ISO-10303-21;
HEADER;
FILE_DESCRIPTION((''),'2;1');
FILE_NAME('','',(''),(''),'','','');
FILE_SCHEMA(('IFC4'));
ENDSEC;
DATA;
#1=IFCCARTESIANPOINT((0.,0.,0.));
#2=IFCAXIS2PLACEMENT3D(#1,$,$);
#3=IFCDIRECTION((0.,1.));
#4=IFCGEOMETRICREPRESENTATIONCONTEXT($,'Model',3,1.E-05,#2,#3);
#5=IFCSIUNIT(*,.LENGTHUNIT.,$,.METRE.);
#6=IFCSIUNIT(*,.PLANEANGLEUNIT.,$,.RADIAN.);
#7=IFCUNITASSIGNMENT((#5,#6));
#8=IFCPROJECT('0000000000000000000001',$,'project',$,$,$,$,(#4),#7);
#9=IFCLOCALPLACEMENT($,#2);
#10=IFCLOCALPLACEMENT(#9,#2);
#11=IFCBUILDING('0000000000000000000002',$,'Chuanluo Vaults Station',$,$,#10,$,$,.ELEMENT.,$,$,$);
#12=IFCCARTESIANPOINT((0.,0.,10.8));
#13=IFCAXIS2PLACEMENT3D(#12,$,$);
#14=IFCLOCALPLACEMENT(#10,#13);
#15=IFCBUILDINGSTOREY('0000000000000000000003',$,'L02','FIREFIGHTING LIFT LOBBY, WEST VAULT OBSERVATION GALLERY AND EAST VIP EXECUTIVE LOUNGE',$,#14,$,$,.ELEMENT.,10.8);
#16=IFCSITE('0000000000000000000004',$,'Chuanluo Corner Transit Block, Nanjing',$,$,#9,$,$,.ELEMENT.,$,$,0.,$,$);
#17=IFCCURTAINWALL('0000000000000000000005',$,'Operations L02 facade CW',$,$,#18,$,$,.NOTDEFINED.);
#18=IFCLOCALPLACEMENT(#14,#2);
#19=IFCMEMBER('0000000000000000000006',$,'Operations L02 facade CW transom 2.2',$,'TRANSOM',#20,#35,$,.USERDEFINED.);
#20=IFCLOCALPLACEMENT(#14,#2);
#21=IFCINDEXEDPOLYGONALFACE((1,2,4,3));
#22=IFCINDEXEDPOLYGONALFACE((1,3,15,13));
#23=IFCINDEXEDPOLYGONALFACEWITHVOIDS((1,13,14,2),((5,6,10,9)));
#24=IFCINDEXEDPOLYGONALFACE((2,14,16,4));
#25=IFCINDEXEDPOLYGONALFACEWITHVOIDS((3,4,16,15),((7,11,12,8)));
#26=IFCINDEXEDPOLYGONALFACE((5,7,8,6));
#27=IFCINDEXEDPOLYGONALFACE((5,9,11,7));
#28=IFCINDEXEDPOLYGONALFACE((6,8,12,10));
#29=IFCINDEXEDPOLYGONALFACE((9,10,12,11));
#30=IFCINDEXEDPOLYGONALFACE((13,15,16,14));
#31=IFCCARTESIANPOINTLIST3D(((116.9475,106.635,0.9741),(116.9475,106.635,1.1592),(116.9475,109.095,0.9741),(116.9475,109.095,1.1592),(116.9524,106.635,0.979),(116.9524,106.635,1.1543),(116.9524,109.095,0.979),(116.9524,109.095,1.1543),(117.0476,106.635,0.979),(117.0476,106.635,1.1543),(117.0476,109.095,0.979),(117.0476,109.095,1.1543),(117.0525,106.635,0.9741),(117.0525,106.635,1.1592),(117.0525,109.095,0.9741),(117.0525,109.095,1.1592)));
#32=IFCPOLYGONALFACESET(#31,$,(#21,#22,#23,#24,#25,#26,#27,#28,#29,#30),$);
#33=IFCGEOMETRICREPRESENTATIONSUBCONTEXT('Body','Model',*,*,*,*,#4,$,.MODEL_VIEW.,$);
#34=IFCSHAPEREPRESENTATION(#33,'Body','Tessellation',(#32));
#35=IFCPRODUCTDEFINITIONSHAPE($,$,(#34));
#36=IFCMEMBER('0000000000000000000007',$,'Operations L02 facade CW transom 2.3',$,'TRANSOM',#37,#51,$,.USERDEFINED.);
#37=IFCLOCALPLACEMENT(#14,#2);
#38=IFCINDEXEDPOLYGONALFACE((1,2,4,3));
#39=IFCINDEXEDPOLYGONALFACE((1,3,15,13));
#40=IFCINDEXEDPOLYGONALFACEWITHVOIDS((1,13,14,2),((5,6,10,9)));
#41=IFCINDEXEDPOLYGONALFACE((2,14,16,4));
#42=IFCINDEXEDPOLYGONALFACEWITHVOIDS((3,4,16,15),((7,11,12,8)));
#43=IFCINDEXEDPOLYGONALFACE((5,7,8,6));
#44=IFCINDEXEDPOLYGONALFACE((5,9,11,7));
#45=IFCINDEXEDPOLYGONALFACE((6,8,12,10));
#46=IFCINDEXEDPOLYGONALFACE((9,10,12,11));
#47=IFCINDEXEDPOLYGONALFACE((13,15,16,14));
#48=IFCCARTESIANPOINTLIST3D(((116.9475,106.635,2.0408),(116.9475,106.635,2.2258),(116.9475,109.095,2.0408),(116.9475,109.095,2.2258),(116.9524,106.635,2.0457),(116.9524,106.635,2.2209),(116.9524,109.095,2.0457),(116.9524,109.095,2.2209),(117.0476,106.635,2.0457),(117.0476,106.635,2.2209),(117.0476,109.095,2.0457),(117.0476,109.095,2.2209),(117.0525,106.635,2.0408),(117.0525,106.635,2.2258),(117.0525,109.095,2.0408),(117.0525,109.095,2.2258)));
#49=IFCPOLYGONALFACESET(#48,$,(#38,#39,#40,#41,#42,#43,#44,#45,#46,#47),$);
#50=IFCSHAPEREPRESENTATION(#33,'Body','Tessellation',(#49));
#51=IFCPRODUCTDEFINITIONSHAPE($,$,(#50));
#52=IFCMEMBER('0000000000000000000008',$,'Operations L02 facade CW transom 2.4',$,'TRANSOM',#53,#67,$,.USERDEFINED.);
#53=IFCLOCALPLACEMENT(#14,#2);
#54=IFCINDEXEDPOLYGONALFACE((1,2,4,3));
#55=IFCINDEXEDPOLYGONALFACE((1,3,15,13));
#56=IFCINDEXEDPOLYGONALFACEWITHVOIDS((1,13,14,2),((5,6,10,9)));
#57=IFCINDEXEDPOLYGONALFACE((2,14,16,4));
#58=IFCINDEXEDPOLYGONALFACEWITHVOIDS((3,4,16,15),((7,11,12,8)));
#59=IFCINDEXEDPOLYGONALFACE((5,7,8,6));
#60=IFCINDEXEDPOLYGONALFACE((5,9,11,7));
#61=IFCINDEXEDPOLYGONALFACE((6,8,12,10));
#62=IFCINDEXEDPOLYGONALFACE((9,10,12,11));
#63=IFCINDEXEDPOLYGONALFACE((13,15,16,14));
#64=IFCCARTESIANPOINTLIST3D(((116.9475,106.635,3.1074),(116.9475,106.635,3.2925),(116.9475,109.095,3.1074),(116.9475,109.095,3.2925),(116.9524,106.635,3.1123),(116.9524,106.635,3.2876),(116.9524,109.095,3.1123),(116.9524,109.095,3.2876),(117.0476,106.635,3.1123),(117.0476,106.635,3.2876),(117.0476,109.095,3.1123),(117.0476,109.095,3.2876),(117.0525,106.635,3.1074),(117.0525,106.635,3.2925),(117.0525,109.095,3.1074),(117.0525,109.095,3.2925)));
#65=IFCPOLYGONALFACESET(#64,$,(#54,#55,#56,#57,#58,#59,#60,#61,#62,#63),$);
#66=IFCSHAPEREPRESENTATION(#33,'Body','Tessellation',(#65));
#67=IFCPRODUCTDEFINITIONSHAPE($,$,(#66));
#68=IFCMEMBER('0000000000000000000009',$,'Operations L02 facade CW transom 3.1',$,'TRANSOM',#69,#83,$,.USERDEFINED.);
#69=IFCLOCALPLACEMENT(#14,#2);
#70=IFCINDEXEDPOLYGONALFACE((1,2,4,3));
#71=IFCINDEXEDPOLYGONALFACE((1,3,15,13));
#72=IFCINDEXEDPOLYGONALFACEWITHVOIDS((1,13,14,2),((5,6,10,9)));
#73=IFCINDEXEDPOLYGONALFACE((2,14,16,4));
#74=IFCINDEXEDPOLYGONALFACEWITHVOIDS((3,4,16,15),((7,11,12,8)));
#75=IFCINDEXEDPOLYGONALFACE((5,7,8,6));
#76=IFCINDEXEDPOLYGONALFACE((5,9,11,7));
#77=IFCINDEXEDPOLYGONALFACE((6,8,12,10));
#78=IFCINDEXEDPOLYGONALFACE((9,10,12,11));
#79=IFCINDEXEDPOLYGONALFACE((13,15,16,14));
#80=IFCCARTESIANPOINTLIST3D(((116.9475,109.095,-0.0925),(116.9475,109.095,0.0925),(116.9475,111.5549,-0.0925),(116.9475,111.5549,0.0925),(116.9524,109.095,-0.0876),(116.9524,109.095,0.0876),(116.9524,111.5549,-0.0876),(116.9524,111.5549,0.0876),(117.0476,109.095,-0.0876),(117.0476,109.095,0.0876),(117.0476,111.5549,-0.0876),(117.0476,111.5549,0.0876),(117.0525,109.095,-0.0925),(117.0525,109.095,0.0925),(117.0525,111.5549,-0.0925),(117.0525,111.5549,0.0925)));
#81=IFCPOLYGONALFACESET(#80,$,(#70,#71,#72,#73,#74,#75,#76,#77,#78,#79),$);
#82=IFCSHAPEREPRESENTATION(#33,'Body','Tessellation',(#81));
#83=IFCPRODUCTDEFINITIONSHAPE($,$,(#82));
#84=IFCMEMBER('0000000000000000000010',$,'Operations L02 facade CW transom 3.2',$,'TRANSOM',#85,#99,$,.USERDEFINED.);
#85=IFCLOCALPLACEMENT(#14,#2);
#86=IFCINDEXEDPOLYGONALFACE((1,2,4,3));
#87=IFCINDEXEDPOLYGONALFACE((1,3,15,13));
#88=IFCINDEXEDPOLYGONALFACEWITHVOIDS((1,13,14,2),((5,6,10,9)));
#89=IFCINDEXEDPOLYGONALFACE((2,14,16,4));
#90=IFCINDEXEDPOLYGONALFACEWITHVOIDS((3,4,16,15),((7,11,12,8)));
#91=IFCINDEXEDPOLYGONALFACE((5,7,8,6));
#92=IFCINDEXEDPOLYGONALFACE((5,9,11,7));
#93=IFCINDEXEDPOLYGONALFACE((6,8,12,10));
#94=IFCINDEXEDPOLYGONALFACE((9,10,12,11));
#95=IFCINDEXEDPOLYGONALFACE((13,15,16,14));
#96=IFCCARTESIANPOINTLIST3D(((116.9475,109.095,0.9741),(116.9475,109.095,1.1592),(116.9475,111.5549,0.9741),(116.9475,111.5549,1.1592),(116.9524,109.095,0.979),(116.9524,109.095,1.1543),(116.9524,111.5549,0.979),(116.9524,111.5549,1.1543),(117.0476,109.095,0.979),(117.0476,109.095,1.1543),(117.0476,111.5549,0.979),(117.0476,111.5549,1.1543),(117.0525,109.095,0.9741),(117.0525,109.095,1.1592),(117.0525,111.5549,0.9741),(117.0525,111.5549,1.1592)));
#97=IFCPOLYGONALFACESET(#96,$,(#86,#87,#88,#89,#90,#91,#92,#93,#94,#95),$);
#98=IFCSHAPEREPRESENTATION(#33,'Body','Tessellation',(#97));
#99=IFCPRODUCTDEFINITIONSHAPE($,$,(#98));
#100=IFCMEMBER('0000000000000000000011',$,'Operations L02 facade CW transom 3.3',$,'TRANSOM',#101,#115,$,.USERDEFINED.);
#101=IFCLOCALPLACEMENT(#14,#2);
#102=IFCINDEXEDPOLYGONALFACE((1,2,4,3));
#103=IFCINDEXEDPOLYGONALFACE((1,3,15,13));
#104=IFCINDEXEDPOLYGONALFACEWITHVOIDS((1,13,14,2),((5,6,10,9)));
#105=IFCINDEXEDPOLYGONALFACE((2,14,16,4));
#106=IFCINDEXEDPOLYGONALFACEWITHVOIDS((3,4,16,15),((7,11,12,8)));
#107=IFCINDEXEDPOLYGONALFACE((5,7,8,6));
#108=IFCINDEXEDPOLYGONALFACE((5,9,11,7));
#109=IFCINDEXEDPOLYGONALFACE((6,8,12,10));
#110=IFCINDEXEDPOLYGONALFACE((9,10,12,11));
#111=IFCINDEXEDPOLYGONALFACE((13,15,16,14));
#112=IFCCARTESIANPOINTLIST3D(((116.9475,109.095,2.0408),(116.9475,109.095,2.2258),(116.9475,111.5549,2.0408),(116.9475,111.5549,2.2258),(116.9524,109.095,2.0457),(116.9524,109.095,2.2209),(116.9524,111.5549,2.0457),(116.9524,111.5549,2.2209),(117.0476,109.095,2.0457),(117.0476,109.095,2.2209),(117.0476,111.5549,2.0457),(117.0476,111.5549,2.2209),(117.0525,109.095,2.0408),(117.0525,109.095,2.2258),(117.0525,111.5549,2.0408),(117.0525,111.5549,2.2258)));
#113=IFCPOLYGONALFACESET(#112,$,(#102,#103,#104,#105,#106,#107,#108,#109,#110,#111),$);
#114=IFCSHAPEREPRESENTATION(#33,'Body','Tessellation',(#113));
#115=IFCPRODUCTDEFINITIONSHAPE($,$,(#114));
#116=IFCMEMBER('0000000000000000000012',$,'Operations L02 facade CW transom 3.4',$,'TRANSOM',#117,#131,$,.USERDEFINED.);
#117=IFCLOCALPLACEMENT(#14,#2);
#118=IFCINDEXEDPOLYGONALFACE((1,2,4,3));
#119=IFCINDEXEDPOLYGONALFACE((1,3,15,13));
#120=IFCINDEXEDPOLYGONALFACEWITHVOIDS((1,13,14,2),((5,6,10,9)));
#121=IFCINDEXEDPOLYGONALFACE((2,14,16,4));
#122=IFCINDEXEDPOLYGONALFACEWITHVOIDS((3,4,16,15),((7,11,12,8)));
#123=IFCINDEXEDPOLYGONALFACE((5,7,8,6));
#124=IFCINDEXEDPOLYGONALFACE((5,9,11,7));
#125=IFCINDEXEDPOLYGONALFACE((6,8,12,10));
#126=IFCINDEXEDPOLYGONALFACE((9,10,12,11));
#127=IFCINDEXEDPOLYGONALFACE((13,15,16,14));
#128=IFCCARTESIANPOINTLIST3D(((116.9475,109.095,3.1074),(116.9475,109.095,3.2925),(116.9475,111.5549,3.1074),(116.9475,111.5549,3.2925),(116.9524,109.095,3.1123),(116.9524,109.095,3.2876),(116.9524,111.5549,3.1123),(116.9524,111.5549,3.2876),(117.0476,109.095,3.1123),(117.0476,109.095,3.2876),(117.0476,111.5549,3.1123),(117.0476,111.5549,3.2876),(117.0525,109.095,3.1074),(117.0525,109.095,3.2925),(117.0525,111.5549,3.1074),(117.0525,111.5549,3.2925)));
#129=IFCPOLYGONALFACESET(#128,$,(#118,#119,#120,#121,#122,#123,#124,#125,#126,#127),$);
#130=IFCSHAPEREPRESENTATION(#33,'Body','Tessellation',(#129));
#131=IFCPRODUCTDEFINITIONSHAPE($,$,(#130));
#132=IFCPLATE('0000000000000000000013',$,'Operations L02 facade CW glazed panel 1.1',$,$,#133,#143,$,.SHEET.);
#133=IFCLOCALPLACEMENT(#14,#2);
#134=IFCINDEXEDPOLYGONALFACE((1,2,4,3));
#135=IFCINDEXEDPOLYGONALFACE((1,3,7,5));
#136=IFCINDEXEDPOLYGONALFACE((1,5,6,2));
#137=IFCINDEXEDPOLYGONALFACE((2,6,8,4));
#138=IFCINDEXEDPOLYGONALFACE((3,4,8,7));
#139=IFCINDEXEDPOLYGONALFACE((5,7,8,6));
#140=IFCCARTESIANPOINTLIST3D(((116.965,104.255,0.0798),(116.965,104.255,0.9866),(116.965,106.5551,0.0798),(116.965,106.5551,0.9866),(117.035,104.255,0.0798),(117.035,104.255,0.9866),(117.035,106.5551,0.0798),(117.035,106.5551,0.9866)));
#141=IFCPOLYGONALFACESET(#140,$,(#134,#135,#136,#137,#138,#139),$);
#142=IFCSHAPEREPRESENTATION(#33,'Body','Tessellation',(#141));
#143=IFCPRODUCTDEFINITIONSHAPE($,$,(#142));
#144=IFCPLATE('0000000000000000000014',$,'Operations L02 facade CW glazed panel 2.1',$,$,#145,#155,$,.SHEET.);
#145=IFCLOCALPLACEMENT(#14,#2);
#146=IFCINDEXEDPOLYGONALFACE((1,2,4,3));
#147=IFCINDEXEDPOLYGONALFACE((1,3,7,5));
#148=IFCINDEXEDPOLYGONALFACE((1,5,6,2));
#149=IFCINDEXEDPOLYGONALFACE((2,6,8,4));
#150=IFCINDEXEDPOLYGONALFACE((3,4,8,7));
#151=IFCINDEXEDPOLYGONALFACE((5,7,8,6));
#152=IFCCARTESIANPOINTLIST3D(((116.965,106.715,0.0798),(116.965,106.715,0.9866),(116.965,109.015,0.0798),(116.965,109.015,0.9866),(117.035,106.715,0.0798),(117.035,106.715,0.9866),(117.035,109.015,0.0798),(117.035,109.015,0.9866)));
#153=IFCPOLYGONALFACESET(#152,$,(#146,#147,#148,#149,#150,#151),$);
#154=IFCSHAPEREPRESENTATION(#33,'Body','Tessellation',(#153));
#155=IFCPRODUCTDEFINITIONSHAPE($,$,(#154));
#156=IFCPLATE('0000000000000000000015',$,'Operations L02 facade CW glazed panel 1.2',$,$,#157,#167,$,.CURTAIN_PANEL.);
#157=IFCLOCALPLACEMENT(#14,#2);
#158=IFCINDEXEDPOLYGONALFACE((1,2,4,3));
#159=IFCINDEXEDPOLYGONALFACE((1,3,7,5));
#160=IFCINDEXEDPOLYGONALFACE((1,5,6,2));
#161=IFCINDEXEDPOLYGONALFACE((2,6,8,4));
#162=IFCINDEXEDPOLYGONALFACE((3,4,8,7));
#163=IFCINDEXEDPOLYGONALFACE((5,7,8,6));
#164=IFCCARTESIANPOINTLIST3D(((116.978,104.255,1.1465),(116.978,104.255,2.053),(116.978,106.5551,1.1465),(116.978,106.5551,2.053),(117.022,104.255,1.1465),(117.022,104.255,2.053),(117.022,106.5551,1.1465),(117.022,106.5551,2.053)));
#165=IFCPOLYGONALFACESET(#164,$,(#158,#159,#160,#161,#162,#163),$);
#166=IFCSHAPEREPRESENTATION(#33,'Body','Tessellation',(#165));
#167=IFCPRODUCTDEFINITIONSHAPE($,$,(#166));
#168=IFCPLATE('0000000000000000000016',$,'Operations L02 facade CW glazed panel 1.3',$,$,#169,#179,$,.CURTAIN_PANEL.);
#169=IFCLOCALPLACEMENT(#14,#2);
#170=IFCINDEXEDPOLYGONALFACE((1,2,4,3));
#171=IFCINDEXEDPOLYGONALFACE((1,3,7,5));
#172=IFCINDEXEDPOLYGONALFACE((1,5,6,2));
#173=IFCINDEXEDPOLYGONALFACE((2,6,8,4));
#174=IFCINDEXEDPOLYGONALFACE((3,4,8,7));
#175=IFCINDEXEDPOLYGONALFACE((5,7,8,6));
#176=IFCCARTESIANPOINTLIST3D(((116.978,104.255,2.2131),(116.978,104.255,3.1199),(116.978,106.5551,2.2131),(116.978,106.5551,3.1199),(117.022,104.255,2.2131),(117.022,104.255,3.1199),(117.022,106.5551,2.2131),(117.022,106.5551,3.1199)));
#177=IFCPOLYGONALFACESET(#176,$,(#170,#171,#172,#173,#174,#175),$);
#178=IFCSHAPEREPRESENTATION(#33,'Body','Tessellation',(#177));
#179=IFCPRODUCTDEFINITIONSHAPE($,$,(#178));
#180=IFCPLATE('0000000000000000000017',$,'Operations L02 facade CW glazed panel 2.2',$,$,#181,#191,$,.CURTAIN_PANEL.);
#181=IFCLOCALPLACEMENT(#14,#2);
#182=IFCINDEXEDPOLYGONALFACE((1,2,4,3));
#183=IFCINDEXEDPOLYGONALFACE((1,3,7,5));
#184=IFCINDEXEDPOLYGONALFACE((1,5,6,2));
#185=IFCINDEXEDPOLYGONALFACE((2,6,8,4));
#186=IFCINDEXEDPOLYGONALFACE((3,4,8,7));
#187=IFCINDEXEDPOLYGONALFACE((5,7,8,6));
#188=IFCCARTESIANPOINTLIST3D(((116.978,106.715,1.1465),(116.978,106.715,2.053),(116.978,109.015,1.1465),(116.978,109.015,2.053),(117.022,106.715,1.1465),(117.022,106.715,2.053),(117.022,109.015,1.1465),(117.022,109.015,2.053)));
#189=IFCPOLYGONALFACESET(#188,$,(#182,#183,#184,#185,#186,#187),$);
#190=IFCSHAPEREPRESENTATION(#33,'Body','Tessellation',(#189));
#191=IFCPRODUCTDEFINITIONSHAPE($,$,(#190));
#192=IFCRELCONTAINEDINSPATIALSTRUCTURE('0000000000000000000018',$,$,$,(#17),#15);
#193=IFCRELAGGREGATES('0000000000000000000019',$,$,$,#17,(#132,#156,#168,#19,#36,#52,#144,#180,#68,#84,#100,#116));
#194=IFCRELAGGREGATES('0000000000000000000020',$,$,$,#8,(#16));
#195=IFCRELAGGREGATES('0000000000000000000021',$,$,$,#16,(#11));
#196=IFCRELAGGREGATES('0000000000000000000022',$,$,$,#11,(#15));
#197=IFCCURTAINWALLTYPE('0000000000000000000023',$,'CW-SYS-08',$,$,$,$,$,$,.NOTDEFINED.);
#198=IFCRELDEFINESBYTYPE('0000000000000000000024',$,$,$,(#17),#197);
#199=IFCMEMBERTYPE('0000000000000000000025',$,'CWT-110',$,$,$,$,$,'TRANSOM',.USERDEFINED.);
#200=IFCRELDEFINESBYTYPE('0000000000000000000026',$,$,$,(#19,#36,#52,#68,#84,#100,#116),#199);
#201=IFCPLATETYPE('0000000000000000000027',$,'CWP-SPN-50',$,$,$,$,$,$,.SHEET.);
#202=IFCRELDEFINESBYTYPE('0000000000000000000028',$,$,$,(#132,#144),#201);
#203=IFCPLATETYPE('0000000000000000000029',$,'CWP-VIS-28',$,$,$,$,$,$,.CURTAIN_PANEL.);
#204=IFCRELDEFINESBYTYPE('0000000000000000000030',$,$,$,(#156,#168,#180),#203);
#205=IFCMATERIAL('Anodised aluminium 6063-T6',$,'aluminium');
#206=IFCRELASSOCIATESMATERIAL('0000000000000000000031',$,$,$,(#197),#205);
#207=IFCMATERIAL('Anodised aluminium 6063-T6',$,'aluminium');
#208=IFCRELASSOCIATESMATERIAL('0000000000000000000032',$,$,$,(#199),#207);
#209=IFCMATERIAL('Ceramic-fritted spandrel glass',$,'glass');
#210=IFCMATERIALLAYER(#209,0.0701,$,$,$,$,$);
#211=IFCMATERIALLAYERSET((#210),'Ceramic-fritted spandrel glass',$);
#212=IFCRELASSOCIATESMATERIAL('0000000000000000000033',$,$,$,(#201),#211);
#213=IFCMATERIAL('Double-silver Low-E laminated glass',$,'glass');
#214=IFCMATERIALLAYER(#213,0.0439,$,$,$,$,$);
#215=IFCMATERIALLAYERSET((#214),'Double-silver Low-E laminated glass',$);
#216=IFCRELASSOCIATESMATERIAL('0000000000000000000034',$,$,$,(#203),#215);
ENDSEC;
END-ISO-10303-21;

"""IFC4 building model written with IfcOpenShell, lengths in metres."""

from ifc_helpers import new_model, si_unit, direction, frame, origin, origin_2d, place, context, subcontext, project, spatial, rectangle, hollow_rectangle, extrude, material, layer, layer_set, material_profile, profile_set, type_object, element, aggregate, save


model = new_model("IFC4")

# Units and contexts
model_context = context("Model", 3, precision=1e-05, world=origin(), true_north=direction((0.0, 1.0)))
body_context = subcontext(model_context, "Body", "Model", "MODEL_VIEW")
ifc_project = project(units=[si_unit("LENGTHUNIT", "METRE"), si_unit("PLANEANGLEUNIT", "RADIAN")], contexts=[model_context])

# Site, building, storey
site_placement = place(None, origin())
site = spatial("IfcSite", under=ifc_project, at=site_placement, Name="Chuanluo Corner Transit Block, Nanjing", CompositionType="ELEMENT", RefElevation=0.0)
building_placement = place(site_placement, origin())
building = spatial("IfcBuilding", under=site, at=building_placement, Name="Chuanluo Vaults Station", CompositionType="ELEMENT")
storey_placement = place(building_placement, frame((0.0, 0.0, 10.8)))
storey = spatial("IfcBuildingStorey", under=building, at=storey_placement, Name="L02", Description="FIREFIGHTING LIFT LOBBY, WEST VAULT OBSERVATION GALLERY AND EAST VIP EXECUTIVE LOUNGE", CompositionType="ELEMENT", Elevation=10.8)

# Curtain wall, members, plates
ifc_material_1 = material(Name="Anodised aluminium 6063-T6", Category="aluminium")
curtain_wall_type = type_object("IfcCurtainWallType", Name="CW-SYS-08", PredefinedType="NOTDEFINED", material=ifc_material_1)
curtain_wall_placement = place(storey_placement, origin())
curtain_wall = element("IfcCurtainWall", 1, at=curtain_wall_placement, inside=storey, type_object=curtain_wall_type, Name="Operations L02 facade CW", PredefinedType="NOTDEFINED")
ifc_material_2 = material(Name="Anodised aluminium 6063-T6", Category="aluminium")
ifc_material_profile_1 = material_profile(ifc_material_2, hollow_rectangle(XDim=0.105, YDim=0.1851, WallThickness=0.0049, at=origin_2d()))
ifc_profile_set_1 = profile_set([ifc_material_profile_1], Name="Anodised aluminium 6063-T6")
member_type_1 = type_object("IfcMemberType", Name="CWT-110", ElementType="TRANSOM", PredefinedType="USERDEFINED", material=ifc_profile_set_1)
member_1_placement = place(storey_placement, frame((117.0, 106.635, 1.0667), z_axis=(0.0, 1.0, 0.0), x_axis=(-1.0, 0.0, 0.0)))
member_1 = element("IfcMember", 2, at=member_1_placement, type_object=member_type_1, Name="Operations L02 facade CW transom 2.2", ObjectType="TRANSOM", PredefinedType="USERDEFINED", context=body_context, shape_type="SweptSolid", body=[
    extrude(hollow_rectangle(XDim=0.105, YDim=0.1851, WallThickness=0.0049, at=origin_2d()), origin(), (0.0, 0.0, 1.0), 2.46),
])
member_2_placement = place(storey_placement, frame((117.0, 106.635, 2.1333), z_axis=(0.0, 1.0, 0.0), x_axis=(-1.0, 0.0, 0.0)))
member_2 = element("IfcMember", 3, at=member_2_placement, type_object=member_type_1, Name="Operations L02 facade CW transom 2.3", ObjectType="TRANSOM", PredefinedType="USERDEFINED", context=body_context, shape_type="SweptSolid", body=[
    extrude(hollow_rectangle(XDim=0.105, YDim=0.1851, WallThickness=0.0049, at=origin_2d()), origin(), (0.0, 0.0, 1.0), 2.46),
])
member_3_placement = place(storey_placement, frame((117.0, 106.635, 3.2), z_axis=(0.0, 1.0, 0.0), x_axis=(-1.0, 0.0, 0.0)))
member_3 = element("IfcMember", 4, at=member_3_placement, type_object=member_type_1, Name="Operations L02 facade CW transom 2.4", ObjectType="TRANSOM", PredefinedType="USERDEFINED", context=body_context, shape_type="SweptSolid", body=[
    extrude(hollow_rectangle(XDim=0.105, YDim=0.1851, WallThickness=0.0049, at=origin_2d()), origin(), (0.0, 0.0, 1.0), 2.46),
])
member_4_placement = place(storey_placement, frame((117.0, 109.095, 0.0), z_axis=(0.0, 1.0, 0.0), x_axis=(-1.0, 0.0, 0.0)))
member_4 = element("IfcMember", 5, at=member_4_placement, type_object=member_type_1, Name="Operations L02 facade CW transom 3.1", ObjectType="TRANSOM", PredefinedType="USERDEFINED", context=body_context, shape_type="SweptSolid", body=[
    extrude(hollow_rectangle(XDim=0.105, YDim=0.1851, WallThickness=0.0049, at=origin_2d()), origin(), (0.0, 0.0, 1.0), 2.46),
])
member_5_placement = place(storey_placement, frame((117.0, 109.095, 1.0667), z_axis=(0.0, 1.0, 0.0), x_axis=(-1.0, 0.0, 0.0)))
member_5 = element("IfcMember", 6, at=member_5_placement, type_object=member_type_1, Name="Operations L02 facade CW transom 3.2", ObjectType="TRANSOM", PredefinedType="USERDEFINED", context=body_context, shape_type="SweptSolid", body=[
    extrude(hollow_rectangle(XDim=0.105, YDim=0.1851, WallThickness=0.0049, at=origin_2d()), origin(), (0.0, 0.0, 1.0), 2.46),
])
member_6_placement = place(storey_placement, frame((117.0, 109.095, 2.1333), z_axis=(0.0, 1.0, 0.0), x_axis=(-1.0, 0.0, 0.0)))
member_6 = element("IfcMember", 7, at=member_6_placement, type_object=member_type_1, Name="Operations L02 facade CW transom 3.3", ObjectType="TRANSOM", PredefinedType="USERDEFINED", context=body_context, shape_type="SweptSolid", body=[
    extrude(hollow_rectangle(XDim=0.105, YDim=0.1851, WallThickness=0.0049, at=origin_2d()), origin(), (0.0, 0.0, 1.0), 2.46),
])
member_7_placement = place(storey_placement, frame((117.0, 109.095, 3.2), z_axis=(0.0, 1.0, 0.0), x_axis=(-1.0, 0.0, 0.0)))
member_7 = element("IfcMember", 8, at=member_7_placement, type_object=member_type_1, Name="Operations L02 facade CW transom 3.4", ObjectType="TRANSOM", PredefinedType="USERDEFINED", context=body_context, shape_type="SweptSolid", body=[
    extrude(hollow_rectangle(XDim=0.105, YDim=0.1851, WallThickness=0.0049, at=origin_2d()), origin(), (0.0, 0.0, 1.0), 2.46),
])
ifc_material_3 = material(Name="Ceramic-fritted spandrel glass", Category="glass")
ifc_layer_1 = layer(ifc_material_3, 0.0701)
ifc_layer_set_1 = layer_set([ifc_layer_1], Name="Ceramic-fritted spandrel glass")
plate_type_1 = type_object("IfcPlateType", Name="CWP-SPN-50", PredefinedType="SHEET", material=ifc_layer_set_1)
plate_1_placement = place(storey_placement, frame((117.0, 105.405, 0.0798), z_axis=(0.0, 0.0, 1.0), x_axis=(0.0, 1.0, 0.0)))
plate_1 = element("IfcPlate", 9, at=plate_1_placement, type_object=plate_type_1, Name="Operations L02 facade CW glazed panel 1.1", PredefinedType="SHEET", context=body_context, shape_type="SweptSolid", body=[
    extrude(rectangle(XDim=2.3, YDim=0.0701, at=origin_2d()), origin(), (0.0, 0.0, 1.0), 0.9067),
])
plate_2_placement = place(storey_placement, frame((117.0, 107.865, 0.0798), z_axis=(0.0, 0.0, 1.0), x_axis=(0.0, 1.0, 0.0)))
plate_2 = element("IfcPlate", 10, at=plate_2_placement, type_object=plate_type_1, Name="Operations L02 facade CW glazed panel 2.1", PredefinedType="SHEET", context=body_context, shape_type="SweptSolid", body=[
    extrude(rectangle(XDim=2.3, YDim=0.0701, at=origin_2d()), origin(), (0.0, 0.0, 1.0), 0.9067),
])
ifc_material_4 = material(Name="Double-silver Low-E laminated glass", Category="glass")
ifc_layer_2 = layer(ifc_material_4, 0.0439)
ifc_layer_set_2 = layer_set([ifc_layer_2], Name="Double-silver Low-E laminated glass")
plate_type_2 = type_object("IfcPlateType", Name="CWP-VIS-28", PredefinedType="CURTAIN_PANEL", material=ifc_layer_set_2)
plate_3_placement = place(storey_placement, frame((117.0, 105.405, 1.1465), z_axis=(0.0, 0.0, 1.0), x_axis=(0.0, 1.0, 0.0)))
plate_3 = element("IfcPlate", 11, at=plate_3_placement, type_object=plate_type_2, Name="Operations L02 facade CW glazed panel 1.2", PredefinedType="CURTAIN_PANEL", context=body_context, shape_type="SweptSolid", body=[
    extrude(rectangle(XDim=2.3, YDim=0.0439, at=origin_2d()), origin(), (0.0, 0.0, 1.0), 0.9065),
])
plate_4_placement = place(storey_placement, frame((117.0, 105.405, 2.2131), z_axis=(0.0, 0.0, 1.0), x_axis=(0.0, 1.0, 0.0)))
plate_4 = element("IfcPlate", 12, at=plate_4_placement, type_object=plate_type_2, Name="Operations L02 facade CW glazed panel 1.3", PredefinedType="CURTAIN_PANEL", context=body_context, shape_type="SweptSolid", body=[
    extrude(rectangle(XDim=2.3, YDim=0.0439, at=origin_2d()), origin(), (0.0, 0.0, 1.0), 0.9067),
])
plate_5_placement = place(storey_placement, frame((117.0, 107.865, 1.1465), z_axis=(0.0, 0.0, 1.0), x_axis=(0.0, 1.0, 0.0)))
plate_5 = element("IfcPlate", 13, at=plate_5_placement, type_object=plate_type_2, Name="Operations L02 facade CW glazed panel 2.2", PredefinedType="CURTAIN_PANEL", context=body_context, shape_type="SweptSolid", body=[
    extrude(rectangle(XDim=2.3, YDim=0.0439, at=origin_2d()), origin(), (0.0, 0.0, 1.0), 0.9065),
])
aggregate(curtain_wall, [plate_1, plate_3, plate_4, member_1, member_2, member_3, plate_2, plate_5, member_4, member_5, member_6, member_7])

save(model, "model.ifc")
